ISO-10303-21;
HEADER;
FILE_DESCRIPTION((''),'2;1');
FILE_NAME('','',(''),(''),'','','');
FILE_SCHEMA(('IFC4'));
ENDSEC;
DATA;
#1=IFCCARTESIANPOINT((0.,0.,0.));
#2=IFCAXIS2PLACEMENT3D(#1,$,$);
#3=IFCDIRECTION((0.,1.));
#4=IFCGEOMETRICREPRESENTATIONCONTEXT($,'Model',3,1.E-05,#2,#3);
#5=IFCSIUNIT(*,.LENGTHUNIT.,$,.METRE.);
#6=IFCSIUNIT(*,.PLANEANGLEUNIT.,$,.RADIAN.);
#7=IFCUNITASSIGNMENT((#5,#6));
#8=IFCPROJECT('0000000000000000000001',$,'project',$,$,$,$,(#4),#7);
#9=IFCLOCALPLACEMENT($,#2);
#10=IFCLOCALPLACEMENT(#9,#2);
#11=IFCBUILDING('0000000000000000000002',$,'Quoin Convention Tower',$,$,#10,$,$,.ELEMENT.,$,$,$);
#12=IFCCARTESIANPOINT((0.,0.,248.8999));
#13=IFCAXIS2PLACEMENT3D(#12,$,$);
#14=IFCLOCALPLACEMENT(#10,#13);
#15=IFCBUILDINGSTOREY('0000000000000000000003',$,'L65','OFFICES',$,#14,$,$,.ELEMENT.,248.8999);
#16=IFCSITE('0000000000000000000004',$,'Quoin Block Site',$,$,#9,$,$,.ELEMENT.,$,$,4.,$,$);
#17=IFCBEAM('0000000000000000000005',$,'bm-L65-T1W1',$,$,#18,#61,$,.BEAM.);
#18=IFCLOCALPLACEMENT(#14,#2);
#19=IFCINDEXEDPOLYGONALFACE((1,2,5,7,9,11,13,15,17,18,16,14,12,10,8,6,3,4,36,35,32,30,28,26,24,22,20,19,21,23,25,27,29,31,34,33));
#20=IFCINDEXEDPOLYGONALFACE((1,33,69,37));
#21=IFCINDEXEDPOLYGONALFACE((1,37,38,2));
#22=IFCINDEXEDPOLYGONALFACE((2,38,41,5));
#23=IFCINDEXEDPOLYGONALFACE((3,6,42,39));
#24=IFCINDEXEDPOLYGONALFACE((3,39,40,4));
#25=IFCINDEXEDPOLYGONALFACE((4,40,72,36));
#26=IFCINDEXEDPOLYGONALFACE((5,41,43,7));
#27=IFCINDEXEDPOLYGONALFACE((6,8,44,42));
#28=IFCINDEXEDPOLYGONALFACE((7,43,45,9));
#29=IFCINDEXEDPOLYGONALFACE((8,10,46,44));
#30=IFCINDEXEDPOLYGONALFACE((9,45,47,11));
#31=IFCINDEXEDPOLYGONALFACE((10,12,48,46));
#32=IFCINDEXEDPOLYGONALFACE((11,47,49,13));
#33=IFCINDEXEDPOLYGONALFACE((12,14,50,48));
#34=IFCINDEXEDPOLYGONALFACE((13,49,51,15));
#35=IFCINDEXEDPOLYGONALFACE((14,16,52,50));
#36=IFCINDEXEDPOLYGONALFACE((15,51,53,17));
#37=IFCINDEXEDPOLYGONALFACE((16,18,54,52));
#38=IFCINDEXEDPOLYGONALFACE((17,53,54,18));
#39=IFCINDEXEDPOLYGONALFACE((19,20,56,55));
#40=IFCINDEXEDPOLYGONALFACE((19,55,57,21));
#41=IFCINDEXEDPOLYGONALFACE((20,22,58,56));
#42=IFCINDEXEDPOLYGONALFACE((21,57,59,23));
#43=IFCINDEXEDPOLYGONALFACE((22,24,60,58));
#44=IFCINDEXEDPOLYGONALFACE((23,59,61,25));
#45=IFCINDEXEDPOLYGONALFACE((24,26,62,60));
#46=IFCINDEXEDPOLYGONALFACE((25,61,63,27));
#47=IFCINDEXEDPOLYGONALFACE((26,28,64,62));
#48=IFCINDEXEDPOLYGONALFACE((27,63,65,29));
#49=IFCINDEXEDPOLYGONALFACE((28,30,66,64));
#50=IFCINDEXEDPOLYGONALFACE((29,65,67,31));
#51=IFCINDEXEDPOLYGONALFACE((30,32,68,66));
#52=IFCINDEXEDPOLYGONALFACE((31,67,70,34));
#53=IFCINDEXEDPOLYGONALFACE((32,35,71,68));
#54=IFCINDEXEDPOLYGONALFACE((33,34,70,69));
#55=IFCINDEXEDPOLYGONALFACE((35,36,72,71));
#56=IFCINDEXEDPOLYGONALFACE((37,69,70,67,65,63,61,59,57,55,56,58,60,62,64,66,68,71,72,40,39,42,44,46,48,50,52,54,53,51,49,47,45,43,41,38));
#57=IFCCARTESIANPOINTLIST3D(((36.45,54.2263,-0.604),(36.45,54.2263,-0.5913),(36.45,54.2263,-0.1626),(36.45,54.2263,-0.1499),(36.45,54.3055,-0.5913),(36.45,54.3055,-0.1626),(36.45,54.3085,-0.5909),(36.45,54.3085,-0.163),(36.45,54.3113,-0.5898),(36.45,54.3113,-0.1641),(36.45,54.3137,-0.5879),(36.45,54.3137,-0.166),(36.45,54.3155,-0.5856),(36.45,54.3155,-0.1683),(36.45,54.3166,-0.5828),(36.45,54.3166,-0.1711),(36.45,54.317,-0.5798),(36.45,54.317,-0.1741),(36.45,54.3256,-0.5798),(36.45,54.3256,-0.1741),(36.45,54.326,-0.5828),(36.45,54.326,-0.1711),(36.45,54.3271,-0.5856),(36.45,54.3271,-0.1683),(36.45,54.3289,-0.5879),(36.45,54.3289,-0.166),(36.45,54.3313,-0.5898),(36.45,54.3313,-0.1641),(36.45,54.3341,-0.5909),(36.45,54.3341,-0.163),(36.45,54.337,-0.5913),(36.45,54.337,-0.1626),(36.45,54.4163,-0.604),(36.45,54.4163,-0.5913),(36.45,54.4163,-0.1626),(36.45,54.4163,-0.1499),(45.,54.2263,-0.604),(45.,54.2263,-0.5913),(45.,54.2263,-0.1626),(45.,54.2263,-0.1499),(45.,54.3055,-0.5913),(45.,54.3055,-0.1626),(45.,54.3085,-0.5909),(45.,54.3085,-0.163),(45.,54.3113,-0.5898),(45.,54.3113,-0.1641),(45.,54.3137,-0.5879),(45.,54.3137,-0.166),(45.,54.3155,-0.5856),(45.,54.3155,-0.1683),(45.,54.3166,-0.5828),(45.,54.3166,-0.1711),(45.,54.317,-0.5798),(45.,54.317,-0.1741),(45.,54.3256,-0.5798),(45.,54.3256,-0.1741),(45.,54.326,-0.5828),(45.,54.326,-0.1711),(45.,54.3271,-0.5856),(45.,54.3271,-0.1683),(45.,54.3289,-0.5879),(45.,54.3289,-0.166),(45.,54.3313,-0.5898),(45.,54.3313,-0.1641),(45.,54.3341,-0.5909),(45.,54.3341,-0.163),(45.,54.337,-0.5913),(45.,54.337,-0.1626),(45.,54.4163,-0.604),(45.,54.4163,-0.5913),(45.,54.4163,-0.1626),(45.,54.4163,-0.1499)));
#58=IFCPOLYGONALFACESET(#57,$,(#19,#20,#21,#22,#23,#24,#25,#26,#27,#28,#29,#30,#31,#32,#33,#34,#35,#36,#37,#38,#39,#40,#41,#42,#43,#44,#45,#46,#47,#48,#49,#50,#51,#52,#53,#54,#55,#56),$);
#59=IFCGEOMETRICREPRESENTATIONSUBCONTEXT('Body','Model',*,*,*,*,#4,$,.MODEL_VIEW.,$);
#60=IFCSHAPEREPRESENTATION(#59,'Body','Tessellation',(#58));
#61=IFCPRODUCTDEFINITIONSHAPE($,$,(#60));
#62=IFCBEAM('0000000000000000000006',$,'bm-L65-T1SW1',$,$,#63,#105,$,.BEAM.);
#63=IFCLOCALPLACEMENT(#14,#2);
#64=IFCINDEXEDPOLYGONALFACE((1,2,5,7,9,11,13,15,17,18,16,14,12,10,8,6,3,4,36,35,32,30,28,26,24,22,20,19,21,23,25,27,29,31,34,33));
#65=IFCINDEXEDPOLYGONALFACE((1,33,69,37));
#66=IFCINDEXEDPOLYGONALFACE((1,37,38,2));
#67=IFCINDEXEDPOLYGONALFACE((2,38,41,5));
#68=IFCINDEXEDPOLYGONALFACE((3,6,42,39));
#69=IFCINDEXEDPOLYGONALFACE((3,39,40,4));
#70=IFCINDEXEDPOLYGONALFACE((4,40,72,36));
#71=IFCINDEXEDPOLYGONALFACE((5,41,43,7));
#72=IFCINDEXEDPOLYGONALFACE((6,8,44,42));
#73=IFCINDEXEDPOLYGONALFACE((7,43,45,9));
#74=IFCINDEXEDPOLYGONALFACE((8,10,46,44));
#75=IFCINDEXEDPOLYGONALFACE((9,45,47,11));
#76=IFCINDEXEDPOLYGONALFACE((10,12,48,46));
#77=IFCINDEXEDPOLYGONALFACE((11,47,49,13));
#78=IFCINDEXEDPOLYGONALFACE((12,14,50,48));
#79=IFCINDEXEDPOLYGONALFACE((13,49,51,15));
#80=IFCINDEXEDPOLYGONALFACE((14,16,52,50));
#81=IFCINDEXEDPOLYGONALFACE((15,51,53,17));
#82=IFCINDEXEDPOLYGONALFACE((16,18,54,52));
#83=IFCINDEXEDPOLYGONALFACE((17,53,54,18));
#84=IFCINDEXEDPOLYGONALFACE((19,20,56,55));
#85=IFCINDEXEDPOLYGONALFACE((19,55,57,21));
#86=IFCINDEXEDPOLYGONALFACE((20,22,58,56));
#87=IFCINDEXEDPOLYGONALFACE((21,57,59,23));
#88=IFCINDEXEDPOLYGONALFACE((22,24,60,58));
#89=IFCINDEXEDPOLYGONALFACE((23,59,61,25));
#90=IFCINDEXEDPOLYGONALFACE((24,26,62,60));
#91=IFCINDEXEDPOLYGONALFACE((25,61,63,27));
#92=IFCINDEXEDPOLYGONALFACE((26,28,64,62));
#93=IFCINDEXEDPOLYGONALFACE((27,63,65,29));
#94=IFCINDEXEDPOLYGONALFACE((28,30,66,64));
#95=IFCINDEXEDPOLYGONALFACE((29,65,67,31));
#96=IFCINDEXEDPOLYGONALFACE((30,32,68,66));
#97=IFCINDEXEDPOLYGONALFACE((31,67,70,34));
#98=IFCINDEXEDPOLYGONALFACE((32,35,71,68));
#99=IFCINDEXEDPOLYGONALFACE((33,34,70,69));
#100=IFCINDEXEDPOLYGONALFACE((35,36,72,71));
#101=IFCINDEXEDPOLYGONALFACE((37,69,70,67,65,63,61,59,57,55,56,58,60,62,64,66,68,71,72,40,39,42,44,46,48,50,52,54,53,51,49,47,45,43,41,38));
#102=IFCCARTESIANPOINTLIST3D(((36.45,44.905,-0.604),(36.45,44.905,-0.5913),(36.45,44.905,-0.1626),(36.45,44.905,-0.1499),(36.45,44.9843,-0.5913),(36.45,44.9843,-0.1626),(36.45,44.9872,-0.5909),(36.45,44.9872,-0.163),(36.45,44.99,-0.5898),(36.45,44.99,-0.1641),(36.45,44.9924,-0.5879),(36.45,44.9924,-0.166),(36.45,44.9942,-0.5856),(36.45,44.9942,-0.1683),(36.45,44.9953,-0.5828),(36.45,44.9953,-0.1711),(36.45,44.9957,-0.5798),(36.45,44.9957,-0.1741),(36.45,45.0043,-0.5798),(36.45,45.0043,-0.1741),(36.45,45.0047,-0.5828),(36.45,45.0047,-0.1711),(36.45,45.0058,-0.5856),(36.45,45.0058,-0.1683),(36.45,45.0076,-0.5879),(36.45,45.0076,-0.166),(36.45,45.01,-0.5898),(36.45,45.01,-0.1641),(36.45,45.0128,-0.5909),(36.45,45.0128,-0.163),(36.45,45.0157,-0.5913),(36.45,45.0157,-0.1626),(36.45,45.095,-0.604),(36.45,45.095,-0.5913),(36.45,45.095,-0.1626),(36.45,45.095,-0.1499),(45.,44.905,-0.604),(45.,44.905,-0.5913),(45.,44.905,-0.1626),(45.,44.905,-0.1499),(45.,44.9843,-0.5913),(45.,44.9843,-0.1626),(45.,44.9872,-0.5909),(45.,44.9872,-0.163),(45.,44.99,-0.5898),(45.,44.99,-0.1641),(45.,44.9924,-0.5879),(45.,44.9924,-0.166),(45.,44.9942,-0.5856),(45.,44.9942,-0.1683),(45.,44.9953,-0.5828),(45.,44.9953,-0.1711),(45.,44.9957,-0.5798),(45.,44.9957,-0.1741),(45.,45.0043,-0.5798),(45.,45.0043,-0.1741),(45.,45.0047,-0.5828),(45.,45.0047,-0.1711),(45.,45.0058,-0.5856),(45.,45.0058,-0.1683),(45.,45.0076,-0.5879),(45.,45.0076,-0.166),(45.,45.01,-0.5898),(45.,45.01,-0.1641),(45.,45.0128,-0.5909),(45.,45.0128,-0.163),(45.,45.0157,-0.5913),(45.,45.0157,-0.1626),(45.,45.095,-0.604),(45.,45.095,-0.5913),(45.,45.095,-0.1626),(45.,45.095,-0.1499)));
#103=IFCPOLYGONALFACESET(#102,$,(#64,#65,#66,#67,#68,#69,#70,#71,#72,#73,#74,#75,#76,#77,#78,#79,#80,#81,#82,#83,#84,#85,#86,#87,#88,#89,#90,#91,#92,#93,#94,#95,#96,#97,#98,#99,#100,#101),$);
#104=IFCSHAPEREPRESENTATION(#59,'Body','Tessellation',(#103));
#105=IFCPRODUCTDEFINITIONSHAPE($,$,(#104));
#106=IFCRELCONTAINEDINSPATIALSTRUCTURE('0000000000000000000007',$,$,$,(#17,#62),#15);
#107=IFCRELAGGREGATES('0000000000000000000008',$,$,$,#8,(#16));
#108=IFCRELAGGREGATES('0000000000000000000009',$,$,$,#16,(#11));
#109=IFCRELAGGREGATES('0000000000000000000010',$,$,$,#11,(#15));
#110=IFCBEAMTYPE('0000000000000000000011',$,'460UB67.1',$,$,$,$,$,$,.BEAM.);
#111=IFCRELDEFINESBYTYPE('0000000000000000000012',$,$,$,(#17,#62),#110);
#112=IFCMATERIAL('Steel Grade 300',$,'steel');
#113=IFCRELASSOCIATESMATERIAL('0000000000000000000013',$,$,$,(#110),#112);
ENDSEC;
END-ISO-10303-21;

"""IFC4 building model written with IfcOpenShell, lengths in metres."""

from ifc_helpers import new_model, si_unit, direction, frame, origin, origin_2d, place, context, subcontext, project, spatial, i_section, extrude, material, material_profile, profile_set, type_object, element, save


model = new_model("IFC4")

# Units and contexts
model_context = context("Model", 3, precision=1e-05, world=origin(), true_north=direction((0.0, 1.0)))
body_context = subcontext(model_context, "Body", "Model", "MODEL_VIEW")
ifc_project = project(units=[si_unit("LENGTHUNIT", "METRE"), si_unit("PLANEANGLEUNIT", "RADIAN")], contexts=[model_context])

# Site, building, storey
site_placement = place(None, origin())
site = spatial("IfcSite", under=ifc_project, at=site_placement, Name="Quoin Block Site", CompositionType="ELEMENT", RefElevation=4.0)
building_placement = place(site_placement, origin())
building = spatial("IfcBuilding", under=site, at=building_placement, Name="Quoin Convention Tower", CompositionType="ELEMENT")
storey_placement = place(building_placement, frame((0.0, 0.0, 248.8999)))
storey = spatial("IfcBuildingStorey", under=building, at=storey_placement, Name="L65", Description="OFFICES", CompositionType="ELEMENT", Elevation=248.8999)

# Beams
ifc_material_1 = material(Name="Steel Grade 300", Category="steel")
ifc_material_profile = material_profile(ifc_material_1, i_section(OverallWidth=0.1899, OverallDepth=0.4541, WebThickness=0.0085, FlangeThickness=0.0127, FilletRadius=0.0115, at=origin_2d()), Name="460UB67.1")
ifc_profile_set = profile_set([ifc_material_profile], Name="Steel Grade 300")
beam_type = type_object("IfcBeamType", Name="460UB67.1", PredefinedType="BEAM", material=ifc_profile_set)
for number, where, z_axis, x_axis, name in (
    (1, (36.45, 54.3213, -0.377), (1.0, 0.0, 0.0), (0.0, 1.0, 0.0), "bm-L65-T1W1"),
    (2, (36.45, 45.0, -0.377), (1.0, 0.0, 0.0), (0.0, 1.0, 0.0), "bm-L65-T1SW1"),
):
    element("IfcBeam", number, at=place(storey_placement, frame(where, z_axis=z_axis, x_axis=x_axis)), inside=storey, type_object=beam_type, Name=name, PredefinedType="BEAM", context=body_context, shape_type="SweptSolid", body=[
        extrude(i_section(OverallWidth=0.1899, OverallDepth=0.4541, WebThickness=0.0085, FlangeThickness=0.0127, FilletRadius=0.0115, at=origin_2d()), origin(), (0.0, 0.0, 1.0), 8.55),
    ])

save(model, "model.ifc")
